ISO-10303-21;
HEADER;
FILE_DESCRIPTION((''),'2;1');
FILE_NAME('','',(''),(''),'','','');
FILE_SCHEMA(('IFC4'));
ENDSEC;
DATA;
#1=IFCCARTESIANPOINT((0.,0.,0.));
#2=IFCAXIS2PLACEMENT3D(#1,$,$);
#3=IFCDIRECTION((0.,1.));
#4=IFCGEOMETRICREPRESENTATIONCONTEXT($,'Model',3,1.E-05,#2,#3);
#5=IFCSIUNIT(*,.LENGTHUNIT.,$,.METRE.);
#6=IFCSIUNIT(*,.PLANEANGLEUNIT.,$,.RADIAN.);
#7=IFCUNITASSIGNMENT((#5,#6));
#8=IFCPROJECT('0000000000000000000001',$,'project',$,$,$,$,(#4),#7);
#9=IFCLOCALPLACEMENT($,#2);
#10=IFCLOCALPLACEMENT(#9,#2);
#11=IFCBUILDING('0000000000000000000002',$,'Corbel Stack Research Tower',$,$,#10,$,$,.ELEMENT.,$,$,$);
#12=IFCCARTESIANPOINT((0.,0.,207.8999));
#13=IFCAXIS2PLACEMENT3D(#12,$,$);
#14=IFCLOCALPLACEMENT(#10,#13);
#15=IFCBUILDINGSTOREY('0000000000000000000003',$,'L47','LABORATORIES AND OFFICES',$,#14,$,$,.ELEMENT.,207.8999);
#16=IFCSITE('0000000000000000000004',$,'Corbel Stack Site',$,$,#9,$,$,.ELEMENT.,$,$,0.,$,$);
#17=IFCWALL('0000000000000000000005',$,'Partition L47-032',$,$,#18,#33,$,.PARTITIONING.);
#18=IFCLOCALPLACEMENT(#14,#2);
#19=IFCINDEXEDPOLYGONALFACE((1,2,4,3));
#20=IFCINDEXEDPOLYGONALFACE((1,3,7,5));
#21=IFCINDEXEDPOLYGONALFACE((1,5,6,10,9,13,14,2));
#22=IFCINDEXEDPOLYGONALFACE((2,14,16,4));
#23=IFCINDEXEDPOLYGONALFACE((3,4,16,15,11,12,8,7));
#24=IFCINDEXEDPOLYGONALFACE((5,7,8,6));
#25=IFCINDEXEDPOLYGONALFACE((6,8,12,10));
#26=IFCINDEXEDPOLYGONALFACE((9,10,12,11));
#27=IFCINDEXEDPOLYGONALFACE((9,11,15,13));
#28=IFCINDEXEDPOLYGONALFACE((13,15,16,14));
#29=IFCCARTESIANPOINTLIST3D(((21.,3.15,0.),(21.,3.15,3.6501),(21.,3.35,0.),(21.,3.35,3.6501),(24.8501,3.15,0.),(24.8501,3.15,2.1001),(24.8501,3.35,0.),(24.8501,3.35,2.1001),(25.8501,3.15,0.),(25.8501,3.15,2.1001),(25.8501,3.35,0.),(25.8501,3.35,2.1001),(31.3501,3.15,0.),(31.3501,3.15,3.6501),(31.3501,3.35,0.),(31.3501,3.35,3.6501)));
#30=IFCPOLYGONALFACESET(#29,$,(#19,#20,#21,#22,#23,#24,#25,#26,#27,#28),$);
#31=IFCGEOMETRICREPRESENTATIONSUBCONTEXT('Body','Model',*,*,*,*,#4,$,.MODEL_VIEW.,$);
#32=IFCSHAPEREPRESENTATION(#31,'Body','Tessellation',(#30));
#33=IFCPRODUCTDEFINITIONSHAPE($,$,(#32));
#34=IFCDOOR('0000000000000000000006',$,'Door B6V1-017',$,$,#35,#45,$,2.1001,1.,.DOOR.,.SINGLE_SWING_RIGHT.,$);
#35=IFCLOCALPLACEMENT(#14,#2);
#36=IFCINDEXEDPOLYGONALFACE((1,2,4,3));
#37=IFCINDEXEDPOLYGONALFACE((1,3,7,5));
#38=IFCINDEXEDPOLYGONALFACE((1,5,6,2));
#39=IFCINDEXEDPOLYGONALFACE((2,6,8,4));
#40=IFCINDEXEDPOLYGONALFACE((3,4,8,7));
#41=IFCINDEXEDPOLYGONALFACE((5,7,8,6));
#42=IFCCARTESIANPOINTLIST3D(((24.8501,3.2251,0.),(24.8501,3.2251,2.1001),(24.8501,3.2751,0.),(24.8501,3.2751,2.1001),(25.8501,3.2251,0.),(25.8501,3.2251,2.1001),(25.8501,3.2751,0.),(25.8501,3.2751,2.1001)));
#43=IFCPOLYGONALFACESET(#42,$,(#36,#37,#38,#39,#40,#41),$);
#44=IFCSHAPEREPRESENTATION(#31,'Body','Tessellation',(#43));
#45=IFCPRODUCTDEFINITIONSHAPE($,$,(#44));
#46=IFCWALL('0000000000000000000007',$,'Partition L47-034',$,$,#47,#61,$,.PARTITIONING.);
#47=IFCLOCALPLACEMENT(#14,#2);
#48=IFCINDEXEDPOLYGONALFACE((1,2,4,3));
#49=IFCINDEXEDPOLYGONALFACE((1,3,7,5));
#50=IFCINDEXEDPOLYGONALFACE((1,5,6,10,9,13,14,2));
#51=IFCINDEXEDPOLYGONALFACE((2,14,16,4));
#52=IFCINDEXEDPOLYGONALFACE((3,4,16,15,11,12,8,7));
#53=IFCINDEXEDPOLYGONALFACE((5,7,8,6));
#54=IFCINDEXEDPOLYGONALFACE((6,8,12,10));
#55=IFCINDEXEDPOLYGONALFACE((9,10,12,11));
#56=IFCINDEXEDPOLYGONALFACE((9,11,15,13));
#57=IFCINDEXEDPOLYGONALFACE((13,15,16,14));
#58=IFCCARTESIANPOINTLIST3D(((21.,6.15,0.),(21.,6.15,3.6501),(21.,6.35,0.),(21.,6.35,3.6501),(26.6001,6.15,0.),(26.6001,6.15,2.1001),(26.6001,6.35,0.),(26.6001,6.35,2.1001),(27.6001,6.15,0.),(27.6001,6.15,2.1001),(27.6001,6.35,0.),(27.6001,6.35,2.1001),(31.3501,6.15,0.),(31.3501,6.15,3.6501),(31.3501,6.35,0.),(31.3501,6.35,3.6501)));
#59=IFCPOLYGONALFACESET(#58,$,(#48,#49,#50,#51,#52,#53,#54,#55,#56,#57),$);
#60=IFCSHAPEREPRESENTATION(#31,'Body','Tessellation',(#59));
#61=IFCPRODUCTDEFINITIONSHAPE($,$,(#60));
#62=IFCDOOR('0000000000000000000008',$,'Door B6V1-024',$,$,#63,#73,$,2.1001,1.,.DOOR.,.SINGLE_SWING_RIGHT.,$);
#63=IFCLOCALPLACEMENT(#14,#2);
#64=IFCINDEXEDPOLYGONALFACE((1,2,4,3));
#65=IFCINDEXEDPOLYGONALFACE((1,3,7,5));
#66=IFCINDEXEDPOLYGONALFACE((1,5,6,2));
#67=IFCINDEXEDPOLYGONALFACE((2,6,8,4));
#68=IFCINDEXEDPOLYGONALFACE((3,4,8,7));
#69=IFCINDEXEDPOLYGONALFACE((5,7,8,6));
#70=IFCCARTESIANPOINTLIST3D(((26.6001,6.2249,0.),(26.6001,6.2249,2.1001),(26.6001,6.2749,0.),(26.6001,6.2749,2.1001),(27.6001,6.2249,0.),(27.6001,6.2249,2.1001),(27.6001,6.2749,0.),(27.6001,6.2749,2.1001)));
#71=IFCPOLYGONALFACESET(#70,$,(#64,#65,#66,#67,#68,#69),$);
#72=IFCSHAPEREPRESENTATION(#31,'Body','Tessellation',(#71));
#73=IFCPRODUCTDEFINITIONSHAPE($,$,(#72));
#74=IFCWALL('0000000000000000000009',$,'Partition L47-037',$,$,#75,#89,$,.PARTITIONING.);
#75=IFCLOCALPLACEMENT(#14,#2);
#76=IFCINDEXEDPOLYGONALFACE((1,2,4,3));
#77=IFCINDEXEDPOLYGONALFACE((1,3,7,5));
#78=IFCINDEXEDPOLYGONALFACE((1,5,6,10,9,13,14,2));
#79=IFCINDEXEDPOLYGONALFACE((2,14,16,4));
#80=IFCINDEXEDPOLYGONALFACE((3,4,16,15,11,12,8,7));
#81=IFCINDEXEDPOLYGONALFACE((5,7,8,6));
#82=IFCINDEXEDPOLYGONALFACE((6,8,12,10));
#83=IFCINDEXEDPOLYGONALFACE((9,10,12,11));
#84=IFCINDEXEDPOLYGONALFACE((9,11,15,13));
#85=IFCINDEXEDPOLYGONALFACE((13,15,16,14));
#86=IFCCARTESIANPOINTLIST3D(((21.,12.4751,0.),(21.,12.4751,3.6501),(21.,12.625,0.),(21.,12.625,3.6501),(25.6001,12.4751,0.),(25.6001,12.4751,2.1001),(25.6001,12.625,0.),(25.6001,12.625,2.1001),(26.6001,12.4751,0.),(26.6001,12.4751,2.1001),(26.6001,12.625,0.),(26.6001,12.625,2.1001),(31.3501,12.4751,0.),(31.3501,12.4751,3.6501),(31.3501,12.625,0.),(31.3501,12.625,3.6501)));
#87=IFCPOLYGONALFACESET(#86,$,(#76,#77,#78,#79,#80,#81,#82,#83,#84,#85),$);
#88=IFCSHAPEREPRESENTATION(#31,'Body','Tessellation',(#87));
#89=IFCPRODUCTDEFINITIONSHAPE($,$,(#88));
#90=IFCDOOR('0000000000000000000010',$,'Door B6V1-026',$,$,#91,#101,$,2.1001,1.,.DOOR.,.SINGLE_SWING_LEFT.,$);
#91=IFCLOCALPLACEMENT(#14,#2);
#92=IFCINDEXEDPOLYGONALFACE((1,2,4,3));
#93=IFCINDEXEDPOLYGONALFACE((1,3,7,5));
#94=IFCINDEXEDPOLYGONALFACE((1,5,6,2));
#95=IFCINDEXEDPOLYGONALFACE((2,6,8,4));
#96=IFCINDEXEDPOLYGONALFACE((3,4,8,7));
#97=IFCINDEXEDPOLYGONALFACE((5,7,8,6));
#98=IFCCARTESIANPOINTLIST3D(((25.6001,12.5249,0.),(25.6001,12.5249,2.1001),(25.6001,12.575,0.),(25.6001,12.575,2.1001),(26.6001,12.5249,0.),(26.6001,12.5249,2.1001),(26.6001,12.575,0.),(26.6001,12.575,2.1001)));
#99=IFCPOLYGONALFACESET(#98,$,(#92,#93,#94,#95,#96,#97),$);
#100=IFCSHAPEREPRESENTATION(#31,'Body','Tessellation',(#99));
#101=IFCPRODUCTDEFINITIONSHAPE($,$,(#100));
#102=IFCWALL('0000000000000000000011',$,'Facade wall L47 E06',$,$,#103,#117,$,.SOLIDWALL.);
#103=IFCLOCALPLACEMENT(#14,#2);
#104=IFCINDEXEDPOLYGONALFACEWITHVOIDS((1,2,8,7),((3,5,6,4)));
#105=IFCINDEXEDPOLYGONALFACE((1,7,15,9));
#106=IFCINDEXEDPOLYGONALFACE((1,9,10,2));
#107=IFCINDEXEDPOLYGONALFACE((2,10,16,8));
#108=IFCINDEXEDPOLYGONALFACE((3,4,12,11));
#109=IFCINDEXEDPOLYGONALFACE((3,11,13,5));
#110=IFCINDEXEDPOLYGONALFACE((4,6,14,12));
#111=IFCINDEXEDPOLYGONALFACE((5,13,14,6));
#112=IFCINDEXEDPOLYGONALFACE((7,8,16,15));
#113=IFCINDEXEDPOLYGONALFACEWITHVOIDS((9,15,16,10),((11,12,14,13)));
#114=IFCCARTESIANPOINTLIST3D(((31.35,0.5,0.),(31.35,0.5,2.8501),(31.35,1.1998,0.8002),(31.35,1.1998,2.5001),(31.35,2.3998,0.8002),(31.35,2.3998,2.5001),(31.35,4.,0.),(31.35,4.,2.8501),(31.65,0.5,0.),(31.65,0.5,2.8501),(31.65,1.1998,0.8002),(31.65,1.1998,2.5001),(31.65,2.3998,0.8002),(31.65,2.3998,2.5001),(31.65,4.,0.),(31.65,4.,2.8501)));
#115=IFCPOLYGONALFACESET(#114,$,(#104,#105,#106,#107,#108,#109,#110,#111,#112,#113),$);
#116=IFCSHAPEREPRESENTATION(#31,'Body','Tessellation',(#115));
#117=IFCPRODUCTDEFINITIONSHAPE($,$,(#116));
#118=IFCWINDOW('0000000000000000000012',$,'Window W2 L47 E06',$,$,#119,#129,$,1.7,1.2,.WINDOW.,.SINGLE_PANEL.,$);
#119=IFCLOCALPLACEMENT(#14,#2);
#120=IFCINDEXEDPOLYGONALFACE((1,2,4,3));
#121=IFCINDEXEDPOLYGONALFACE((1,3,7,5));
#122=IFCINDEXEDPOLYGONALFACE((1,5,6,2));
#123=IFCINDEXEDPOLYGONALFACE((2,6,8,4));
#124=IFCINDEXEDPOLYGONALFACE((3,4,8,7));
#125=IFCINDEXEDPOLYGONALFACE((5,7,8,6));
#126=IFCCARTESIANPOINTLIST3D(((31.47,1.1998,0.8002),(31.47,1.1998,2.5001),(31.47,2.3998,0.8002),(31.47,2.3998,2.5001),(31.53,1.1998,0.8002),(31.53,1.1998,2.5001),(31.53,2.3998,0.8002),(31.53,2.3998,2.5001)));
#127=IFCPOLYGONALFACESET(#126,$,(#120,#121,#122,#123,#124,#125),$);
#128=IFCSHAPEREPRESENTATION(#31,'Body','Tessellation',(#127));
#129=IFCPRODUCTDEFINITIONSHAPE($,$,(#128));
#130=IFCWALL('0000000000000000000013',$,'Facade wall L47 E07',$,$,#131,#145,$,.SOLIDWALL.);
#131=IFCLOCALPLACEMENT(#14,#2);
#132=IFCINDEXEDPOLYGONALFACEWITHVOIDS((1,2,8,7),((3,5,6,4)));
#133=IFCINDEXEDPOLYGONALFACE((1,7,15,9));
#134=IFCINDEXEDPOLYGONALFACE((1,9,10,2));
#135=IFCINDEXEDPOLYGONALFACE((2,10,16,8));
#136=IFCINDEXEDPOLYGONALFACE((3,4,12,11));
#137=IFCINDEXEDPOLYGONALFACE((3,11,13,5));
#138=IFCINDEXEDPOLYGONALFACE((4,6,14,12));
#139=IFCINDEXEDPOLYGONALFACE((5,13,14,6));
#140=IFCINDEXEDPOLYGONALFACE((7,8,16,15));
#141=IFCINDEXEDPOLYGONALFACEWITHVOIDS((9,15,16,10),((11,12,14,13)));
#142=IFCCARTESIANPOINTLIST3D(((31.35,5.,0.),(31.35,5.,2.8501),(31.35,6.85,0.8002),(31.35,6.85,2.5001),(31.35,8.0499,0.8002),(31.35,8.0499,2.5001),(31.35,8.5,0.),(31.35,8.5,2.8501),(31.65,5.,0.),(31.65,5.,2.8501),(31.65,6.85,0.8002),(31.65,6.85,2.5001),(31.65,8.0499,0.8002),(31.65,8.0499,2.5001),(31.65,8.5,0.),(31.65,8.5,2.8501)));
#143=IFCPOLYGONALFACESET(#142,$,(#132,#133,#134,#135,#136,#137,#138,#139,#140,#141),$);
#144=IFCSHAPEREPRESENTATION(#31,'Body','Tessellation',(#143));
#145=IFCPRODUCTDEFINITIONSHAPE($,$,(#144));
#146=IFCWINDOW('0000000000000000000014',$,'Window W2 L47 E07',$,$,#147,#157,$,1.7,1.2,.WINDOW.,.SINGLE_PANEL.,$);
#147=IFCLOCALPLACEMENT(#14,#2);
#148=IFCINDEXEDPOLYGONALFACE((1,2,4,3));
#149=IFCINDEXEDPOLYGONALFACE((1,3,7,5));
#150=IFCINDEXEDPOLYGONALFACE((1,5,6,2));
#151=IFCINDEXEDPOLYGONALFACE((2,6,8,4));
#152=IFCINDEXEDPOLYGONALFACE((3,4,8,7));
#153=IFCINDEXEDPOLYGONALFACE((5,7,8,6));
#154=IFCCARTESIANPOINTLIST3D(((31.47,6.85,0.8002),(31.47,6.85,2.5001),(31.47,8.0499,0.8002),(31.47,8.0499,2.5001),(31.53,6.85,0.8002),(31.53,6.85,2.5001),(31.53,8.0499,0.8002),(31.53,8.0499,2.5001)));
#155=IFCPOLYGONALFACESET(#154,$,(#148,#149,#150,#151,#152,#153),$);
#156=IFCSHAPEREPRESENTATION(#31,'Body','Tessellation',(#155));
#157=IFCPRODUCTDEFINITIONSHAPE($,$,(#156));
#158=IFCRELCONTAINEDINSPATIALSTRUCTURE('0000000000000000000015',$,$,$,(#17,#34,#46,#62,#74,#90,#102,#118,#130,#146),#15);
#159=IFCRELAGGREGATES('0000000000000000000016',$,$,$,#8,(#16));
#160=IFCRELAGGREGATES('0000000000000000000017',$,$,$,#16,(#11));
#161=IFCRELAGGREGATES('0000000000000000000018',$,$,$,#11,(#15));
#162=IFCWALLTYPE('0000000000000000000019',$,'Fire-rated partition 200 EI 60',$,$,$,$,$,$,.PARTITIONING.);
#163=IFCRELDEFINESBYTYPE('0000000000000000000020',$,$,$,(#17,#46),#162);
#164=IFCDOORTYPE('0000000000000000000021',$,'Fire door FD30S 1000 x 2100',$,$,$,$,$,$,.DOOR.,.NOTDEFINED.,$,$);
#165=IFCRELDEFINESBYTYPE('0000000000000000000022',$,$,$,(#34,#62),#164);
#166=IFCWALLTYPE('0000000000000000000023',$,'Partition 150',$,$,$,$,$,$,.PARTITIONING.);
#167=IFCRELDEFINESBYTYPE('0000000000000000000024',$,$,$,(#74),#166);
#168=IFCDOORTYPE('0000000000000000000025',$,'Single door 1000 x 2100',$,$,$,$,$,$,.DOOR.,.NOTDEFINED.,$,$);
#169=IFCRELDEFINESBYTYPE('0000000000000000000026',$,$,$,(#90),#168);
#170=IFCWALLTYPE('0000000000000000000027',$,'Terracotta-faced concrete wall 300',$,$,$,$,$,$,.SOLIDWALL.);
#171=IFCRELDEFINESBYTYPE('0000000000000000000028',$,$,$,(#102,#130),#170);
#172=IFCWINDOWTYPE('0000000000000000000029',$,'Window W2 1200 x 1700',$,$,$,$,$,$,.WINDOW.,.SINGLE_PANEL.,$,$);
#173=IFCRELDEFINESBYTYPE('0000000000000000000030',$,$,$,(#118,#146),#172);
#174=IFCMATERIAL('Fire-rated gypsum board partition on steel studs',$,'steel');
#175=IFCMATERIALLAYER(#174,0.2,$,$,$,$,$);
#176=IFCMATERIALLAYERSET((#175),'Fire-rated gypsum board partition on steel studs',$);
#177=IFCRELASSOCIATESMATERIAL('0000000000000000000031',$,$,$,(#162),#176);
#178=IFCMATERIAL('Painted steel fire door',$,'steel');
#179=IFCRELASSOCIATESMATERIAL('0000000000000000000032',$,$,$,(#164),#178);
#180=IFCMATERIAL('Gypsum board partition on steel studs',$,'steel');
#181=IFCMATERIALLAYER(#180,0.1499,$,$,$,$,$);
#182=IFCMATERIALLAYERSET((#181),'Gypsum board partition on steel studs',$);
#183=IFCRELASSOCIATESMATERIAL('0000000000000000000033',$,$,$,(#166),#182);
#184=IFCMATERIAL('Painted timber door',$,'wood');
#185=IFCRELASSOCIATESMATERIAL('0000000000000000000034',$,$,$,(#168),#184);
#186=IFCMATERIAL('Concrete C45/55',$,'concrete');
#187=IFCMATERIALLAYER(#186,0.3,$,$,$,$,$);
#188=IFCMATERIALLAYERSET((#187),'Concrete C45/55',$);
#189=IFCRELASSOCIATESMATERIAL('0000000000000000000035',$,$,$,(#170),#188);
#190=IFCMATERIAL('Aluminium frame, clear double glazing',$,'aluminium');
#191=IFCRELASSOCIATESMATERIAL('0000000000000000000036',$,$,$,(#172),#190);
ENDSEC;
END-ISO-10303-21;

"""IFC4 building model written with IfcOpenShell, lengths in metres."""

from ifc_helpers import new_model, si_unit, direction, frame, frame_2d, origin, place, context, subcontext, project, spatial, rectangle, extrude, material, layer, layer_set, type_object, element, fill, save


model = new_model("IFC4")

# Units and contexts
model_context = context("Model", 3, precision=1e-05, world=origin(), true_north=direction((0.0, 1.0)))
body_context = subcontext(model_context, "Body", "Model", "MODEL_VIEW")
ifc_project = project(units=[si_unit("LENGTHUNIT", "METRE"), si_unit("PLANEANGLEUNIT", "RADIAN")], contexts=[model_context])

# Site, building, storey
site_placement = place(None, origin())
site = spatial("IfcSite", under=ifc_project, at=site_placement, Name="Corbel Stack Site", CompositionType="ELEMENT", RefElevation=0.0)
building_placement = place(site_placement, origin())
building = spatial("IfcBuilding", under=site, at=building_placement, Name="Corbel Stack Research Tower", CompositionType="ELEMENT")
storey_placement = place(building_placement, frame((0.0, 0.0, 207.8999)))
storey = spatial("IfcBuildingStorey", under=building, at=storey_placement, Name="L47", Description="LABORATORIES AND OFFICES", CompositionType="ELEMENT", Elevation=207.8999)

# Shared definitions
ifc_material_1 = material(Name="Fire-rated gypsum board partition on steel studs", Category="steel")
ifc_layer_1 = layer(ifc_material_1, 0.2)
ifc_layer_set_1 = layer_set([ifc_layer_1], Name="Fire-rated gypsum board partition on steel studs")
wall_type_1 = type_object("IfcWallType", Name="Fire-rated partition 200 EI 60", PredefinedType="PARTITIONING", material=ifc_layer_set_1)

# Walls, openings, doors
wall_1_placement = place(storey_placement, frame((31.3501, 3.25, 0.0), z_axis=(0.0, 0.0, 1.0), x_axis=(-1.0, 0.0, 0.0)))
wall_1 = element("IfcWall", 1, at=wall_1_placement, inside=storey, type_object=wall_type_1, Name="Partition L47-032", PredefinedType="PARTITIONING", context=body_context, shape_type="SweptSolid", body=[
    extrude(rectangle(XDim=10.3501, YDim=0.2, at=frame_2d((5.175, 0.0))), origin(), (0.0, 0.0, 1.0), 3.6501),
])
opening_1_placement = place(wall_1_placement, frame((5.5, 0.0, 0.0)))
opening_1 = element("IfcOpeningElement", 2, at=opening_1_placement, cuts=wall_1, PredefinedType="OPENING", context=body_context, shape_type="SweptSolid", body=[
    extrude(rectangle(XDim=1.0, YDim=2.1001, at=frame_2d((0.5, 1.05))), frame((0.0, 0.1099, 0.0), z_axis=(0.0, -1.0, 0.0), x_axis=(1.0, 0.0, 0.0)), (0.0, 0.0, 1.0), 0.22),
])
ifc_material_2 = material(Name="Painted steel fire door", Category="steel")
door_type_1 = type_object("IfcDoorType", Name="Fire door FD30S 1000 x 2100", OperationType="NOTDEFINED", PredefinedType="DOOR", material=ifc_material_2)
door_1_placement = place(opening_1_placement, origin())
door_1 = element("IfcDoor", 3, at=door_1_placement, inside=storey, type_object=door_type_1, Name="Door B6V1-017", OperationType="SINGLE_SWING_RIGHT", OverallHeight=2.1001, OverallWidth=1.0, PredefinedType="DOOR", context=body_context, shape_type="SweptSolid", body=[
    extrude(rectangle(XDim=1.0, YDim=2.1001, at=frame_2d((0.5, 1.05))), frame((0.0, 0.0249, 0.0), z_axis=(0.0, -1.0, 0.0), x_axis=(1.0, 0.0, 0.0)), (0.0, 0.0, 1.0), 0.05),
])
fill(opening_1, door_1)
wall_2_placement = place(storey_placement, frame((21.0, 6.25, 0.0), z_axis=(0.0, 0.0, 1.0), x_axis=(1.0, 0.0, 0.0)))
wall_2 = element("IfcWall", 4, at=wall_2_placement, inside=storey, type_object=wall_type_1, Name="Partition L47-034", PredefinedType="PARTITIONING", context=body_context, shape_type="SweptSolid", body=[
    extrude(rectangle(XDim=10.3501, YDim=0.2, at=frame_2d((5.175, 0.0))), origin(), (0.0, 0.0, 1.0), 3.6501),
])
opening_2_placement = place(wall_2_placement, frame((5.6001, 0.0, 0.0)))
opening_2 = element("IfcOpeningElement", 5, at=opening_2_placement, cuts=wall_2, PredefinedType="OPENING", context=body_context, shape_type="SweptSolid", body=[
    extrude(rectangle(XDim=1.0, YDim=2.1001, at=frame_2d((0.5, 1.05))), frame((0.0, 0.1099, 0.0), z_axis=(0.0, -1.0, 0.0), x_axis=(1.0, 0.0, 0.0)), (0.0, 0.0, 1.0), 0.22),
])
door_2_placement = place(opening_2_placement, origin())
door_2 = element("IfcDoor", 6, at=door_2_placement, inside=storey, type_object=door_type_1, Name="Door B6V1-024", OperationType="SINGLE_SWING_RIGHT", OverallHeight=2.1001, OverallWidth=1.0, PredefinedType="DOOR", context=body_context, shape_type="SweptSolid", body=[
    extrude(rectangle(XDim=1.0, YDim=2.1001, at=frame_2d((0.5, 1.05))), frame((0.0, 0.0249, 0.0), z_axis=(0.0, -1.0, 0.0), x_axis=(1.0, 0.0, 0.0)), (0.0, 0.0, 1.0), 0.05),
])
fill(opening_2, door_2)
ifc_material_3 = material(Name="Gypsum board partition on steel studs", Category="steel")
ifc_layer_2 = layer(ifc_material_3, 0.1499)
ifc_layer_set_2 = layer_set([ifc_layer_2], Name="Gypsum board partition on steel studs")
wall_type_2 = type_object("IfcWallType", Name="Partition 150", PredefinedType="PARTITIONING", material=ifc_layer_set_2)
wall_3_placement = place(storey_placement, frame((21.0, 12.55, 0.0), z_axis=(0.0, 0.0, 1.0), x_axis=(1.0, 0.0, 0.0)))
wall_3 = element("IfcWall", 7, at=wall_3_placement, inside=storey, type_object=wall_type_2, Name="Partition L47-037", PredefinedType="PARTITIONING", context=body_context, shape_type="SweptSolid", body=[
    extrude(rectangle(XDim=10.3501, YDim=0.1499, at=frame_2d((5.175, 0.0))), origin(), (0.0, 0.0, 1.0), 3.6501),
])
opening_3_placement = place(wall_3_placement, frame((4.6001, 0.0, 0.0)))
opening_3 = element("IfcOpeningElement", 8, at=opening_3_placement, cuts=wall_3, PredefinedType="OPENING", context=body_context, shape_type="SweptSolid", body=[
    extrude(rectangle(XDim=1.0, YDim=2.1001, at=frame_2d((0.5, 1.05))), frame((0.0, 0.085, 0.0), z_axis=(0.0, -1.0, 0.0), x_axis=(1.0, 0.0, 0.0)), (0.0, 0.0, 1.0), 0.1699),
])
ifc_material_4 = material(Name="Painted timber door", Category="wood")
door_type_2 = type_object("IfcDoorType", Name="Single door 1000 x 2100", OperationType="NOTDEFINED", PredefinedType="DOOR", material=ifc_material_4)
door_3_placement = place(opening_3_placement, origin())
door_3 = element("IfcDoor", 9, at=door_3_placement, inside=storey, type_object=door_type_2, Name="Door B6V1-026", OperationType="SINGLE_SWING_LEFT", OverallHeight=2.1001, OverallWidth=1.0, PredefinedType="DOOR", context=body_context, shape_type="SweptSolid", body=[
    extrude(rectangle(XDim=1.0, YDim=2.1001, at=frame_2d((0.5, 1.05))), frame((0.0, 0.0249, 0.0), z_axis=(0.0, -1.0, 0.0), x_axis=(1.0, 0.0, 0.0)), (0.0, 0.0, 1.0), 0.05),
])
fill(opening_3, door_3)

# Walls, openings, windows
ifc_material_5 = material(Name="Concrete C45/55", Category="concrete")
ifc_layer_3 = layer(ifc_material_5, 0.3)
ifc_layer_set_3 = layer_set([ifc_layer_3], Name="Concrete C45/55")
wall_type_3 = type_object("IfcWallType", Name="Terracotta-faced concrete wall 300", PredefinedType="SOLIDWALL", material=ifc_layer_set_3)
wall_4_placement = place(storey_placement, frame((31.5, 4.0, 0.0), z_axis=(0.0, 0.0, 1.0), x_axis=(0.0, -1.0, 0.0)))
wall_4 = element("IfcWall", 10, at=wall_4_placement, inside=storey, type_object=wall_type_3, Name="Facade wall L47 E06", PredefinedType="SOLIDWALL", context=body_context, shape_type="SweptSolid", body=[
    extrude(rectangle(XDim=3.5, YDim=0.3, at=frame_2d((1.75, 0.0))), origin(), (0.0, 0.0, 1.0), 2.8501),
])
opening_4_placement = place(wall_4_placement, frame((1.6001, 0.0, 0.8)))
opening_4 = element("IfcOpeningElement", 11, at=opening_4_placement, cuts=wall_4, PredefinedType="OPENING", context=body_context, shape_type="SweptSolid", body=[
    extrude(rectangle(XDim=1.2, YDim=1.7, at=frame_2d((0.6001, 0.8501))), frame((0.0, 0.1599, 0.0), z_axis=(0.0, -1.0, 0.0), x_axis=(1.0, 0.0, 0.0)), (0.0, 0.0, 1.0), 0.3201),
])
ifc_material_6 = material(Name="Aluminium frame, clear double glazing", Category="aluminium")
window_type_1 = type_object("IfcWindowType", Name="Window W2 1200 x 1700", PartitioningType="SINGLE_PANEL", PredefinedType="WINDOW", material=ifc_material_6)
window_1_placement = place(opening_4_placement, origin())
window_1 = element("IfcWindow", 12, at=window_1_placement, inside=storey, type_object=window_type_1, Name="Window W2 L47 E06", OverallHeight=1.7, OverallWidth=1.2, PartitioningType="SINGLE_PANEL", PredefinedType="WINDOW", context=body_context, shape_type="SweptSolid", body=[
    extrude(rectangle(XDim=1.2, YDim=1.7, at=frame_2d((0.6001, 0.8501))), frame((0.0, 0.03, 0.0), z_axis=(0.0, -1.0, 0.0), x_axis=(1.0, 0.0, 0.0)), (0.0, 0.0, 1.0), 0.0601),
])
fill(opening_4, window_1)
wall_5_placement = place(storey_placement, frame((31.5, 8.5, 0.0), z_axis=(0.0, 0.0, 1.0), x_axis=(0.0, -1.0, 0.0)))
wall_5 = element("IfcWall", 13, at=wall_5_placement, inside=storey, type_object=wall_type_3, Name="Facade wall L47 E07", PredefinedType="SOLIDWALL", context=body_context, shape_type="SweptSolid", body=[
    extrude(rectangle(XDim=3.5, YDim=0.3, at=frame_2d((1.75, 0.0))), origin(), (0.0, 0.0, 1.0), 2.8501),
])
opening_5_placement = place(wall_5_placement, frame((0.45, 0.0, 0.8)))
opening_5 = element("IfcOpeningElement", 14, at=opening_5_placement, cuts=wall_5, PredefinedType="OPENING", context=body_context, shape_type="SweptSolid", body=[
    extrude(rectangle(XDim=1.2, YDim=1.7, at=frame_2d((0.6001, 0.8501))), frame((0.0, 0.1599, 0.0), z_axis=(0.0, -1.0, 0.0), x_axis=(1.0, 0.0, 0.0)), (0.0, 0.0, 1.0), 0.3201),
])
window_2_placement = place(opening_5_placement, origin())
window_2 = element("IfcWindow", 15, at=window_2_placement, inside=storey, type_object=window_type_1, Name="Window W2 L47 E07", OverallHeight=1.7, OverallWidth=1.2, PartitioningType="SINGLE_PANEL", PredefinedType="WINDOW", context=body_context, shape_type="SweptSolid", body=[
    extrude(rectangle(XDim=1.2, YDim=1.7, at=frame_2d((0.6001, 0.8501))), frame((0.0, 0.03, 0.0), z_axis=(0.0, -1.0, 0.0), x_axis=(1.0, 0.0, 0.0)), (0.0, 0.0, 1.0), 0.0601),
])
fill(opening_5, window_2)

save(model, "model.ifc")
